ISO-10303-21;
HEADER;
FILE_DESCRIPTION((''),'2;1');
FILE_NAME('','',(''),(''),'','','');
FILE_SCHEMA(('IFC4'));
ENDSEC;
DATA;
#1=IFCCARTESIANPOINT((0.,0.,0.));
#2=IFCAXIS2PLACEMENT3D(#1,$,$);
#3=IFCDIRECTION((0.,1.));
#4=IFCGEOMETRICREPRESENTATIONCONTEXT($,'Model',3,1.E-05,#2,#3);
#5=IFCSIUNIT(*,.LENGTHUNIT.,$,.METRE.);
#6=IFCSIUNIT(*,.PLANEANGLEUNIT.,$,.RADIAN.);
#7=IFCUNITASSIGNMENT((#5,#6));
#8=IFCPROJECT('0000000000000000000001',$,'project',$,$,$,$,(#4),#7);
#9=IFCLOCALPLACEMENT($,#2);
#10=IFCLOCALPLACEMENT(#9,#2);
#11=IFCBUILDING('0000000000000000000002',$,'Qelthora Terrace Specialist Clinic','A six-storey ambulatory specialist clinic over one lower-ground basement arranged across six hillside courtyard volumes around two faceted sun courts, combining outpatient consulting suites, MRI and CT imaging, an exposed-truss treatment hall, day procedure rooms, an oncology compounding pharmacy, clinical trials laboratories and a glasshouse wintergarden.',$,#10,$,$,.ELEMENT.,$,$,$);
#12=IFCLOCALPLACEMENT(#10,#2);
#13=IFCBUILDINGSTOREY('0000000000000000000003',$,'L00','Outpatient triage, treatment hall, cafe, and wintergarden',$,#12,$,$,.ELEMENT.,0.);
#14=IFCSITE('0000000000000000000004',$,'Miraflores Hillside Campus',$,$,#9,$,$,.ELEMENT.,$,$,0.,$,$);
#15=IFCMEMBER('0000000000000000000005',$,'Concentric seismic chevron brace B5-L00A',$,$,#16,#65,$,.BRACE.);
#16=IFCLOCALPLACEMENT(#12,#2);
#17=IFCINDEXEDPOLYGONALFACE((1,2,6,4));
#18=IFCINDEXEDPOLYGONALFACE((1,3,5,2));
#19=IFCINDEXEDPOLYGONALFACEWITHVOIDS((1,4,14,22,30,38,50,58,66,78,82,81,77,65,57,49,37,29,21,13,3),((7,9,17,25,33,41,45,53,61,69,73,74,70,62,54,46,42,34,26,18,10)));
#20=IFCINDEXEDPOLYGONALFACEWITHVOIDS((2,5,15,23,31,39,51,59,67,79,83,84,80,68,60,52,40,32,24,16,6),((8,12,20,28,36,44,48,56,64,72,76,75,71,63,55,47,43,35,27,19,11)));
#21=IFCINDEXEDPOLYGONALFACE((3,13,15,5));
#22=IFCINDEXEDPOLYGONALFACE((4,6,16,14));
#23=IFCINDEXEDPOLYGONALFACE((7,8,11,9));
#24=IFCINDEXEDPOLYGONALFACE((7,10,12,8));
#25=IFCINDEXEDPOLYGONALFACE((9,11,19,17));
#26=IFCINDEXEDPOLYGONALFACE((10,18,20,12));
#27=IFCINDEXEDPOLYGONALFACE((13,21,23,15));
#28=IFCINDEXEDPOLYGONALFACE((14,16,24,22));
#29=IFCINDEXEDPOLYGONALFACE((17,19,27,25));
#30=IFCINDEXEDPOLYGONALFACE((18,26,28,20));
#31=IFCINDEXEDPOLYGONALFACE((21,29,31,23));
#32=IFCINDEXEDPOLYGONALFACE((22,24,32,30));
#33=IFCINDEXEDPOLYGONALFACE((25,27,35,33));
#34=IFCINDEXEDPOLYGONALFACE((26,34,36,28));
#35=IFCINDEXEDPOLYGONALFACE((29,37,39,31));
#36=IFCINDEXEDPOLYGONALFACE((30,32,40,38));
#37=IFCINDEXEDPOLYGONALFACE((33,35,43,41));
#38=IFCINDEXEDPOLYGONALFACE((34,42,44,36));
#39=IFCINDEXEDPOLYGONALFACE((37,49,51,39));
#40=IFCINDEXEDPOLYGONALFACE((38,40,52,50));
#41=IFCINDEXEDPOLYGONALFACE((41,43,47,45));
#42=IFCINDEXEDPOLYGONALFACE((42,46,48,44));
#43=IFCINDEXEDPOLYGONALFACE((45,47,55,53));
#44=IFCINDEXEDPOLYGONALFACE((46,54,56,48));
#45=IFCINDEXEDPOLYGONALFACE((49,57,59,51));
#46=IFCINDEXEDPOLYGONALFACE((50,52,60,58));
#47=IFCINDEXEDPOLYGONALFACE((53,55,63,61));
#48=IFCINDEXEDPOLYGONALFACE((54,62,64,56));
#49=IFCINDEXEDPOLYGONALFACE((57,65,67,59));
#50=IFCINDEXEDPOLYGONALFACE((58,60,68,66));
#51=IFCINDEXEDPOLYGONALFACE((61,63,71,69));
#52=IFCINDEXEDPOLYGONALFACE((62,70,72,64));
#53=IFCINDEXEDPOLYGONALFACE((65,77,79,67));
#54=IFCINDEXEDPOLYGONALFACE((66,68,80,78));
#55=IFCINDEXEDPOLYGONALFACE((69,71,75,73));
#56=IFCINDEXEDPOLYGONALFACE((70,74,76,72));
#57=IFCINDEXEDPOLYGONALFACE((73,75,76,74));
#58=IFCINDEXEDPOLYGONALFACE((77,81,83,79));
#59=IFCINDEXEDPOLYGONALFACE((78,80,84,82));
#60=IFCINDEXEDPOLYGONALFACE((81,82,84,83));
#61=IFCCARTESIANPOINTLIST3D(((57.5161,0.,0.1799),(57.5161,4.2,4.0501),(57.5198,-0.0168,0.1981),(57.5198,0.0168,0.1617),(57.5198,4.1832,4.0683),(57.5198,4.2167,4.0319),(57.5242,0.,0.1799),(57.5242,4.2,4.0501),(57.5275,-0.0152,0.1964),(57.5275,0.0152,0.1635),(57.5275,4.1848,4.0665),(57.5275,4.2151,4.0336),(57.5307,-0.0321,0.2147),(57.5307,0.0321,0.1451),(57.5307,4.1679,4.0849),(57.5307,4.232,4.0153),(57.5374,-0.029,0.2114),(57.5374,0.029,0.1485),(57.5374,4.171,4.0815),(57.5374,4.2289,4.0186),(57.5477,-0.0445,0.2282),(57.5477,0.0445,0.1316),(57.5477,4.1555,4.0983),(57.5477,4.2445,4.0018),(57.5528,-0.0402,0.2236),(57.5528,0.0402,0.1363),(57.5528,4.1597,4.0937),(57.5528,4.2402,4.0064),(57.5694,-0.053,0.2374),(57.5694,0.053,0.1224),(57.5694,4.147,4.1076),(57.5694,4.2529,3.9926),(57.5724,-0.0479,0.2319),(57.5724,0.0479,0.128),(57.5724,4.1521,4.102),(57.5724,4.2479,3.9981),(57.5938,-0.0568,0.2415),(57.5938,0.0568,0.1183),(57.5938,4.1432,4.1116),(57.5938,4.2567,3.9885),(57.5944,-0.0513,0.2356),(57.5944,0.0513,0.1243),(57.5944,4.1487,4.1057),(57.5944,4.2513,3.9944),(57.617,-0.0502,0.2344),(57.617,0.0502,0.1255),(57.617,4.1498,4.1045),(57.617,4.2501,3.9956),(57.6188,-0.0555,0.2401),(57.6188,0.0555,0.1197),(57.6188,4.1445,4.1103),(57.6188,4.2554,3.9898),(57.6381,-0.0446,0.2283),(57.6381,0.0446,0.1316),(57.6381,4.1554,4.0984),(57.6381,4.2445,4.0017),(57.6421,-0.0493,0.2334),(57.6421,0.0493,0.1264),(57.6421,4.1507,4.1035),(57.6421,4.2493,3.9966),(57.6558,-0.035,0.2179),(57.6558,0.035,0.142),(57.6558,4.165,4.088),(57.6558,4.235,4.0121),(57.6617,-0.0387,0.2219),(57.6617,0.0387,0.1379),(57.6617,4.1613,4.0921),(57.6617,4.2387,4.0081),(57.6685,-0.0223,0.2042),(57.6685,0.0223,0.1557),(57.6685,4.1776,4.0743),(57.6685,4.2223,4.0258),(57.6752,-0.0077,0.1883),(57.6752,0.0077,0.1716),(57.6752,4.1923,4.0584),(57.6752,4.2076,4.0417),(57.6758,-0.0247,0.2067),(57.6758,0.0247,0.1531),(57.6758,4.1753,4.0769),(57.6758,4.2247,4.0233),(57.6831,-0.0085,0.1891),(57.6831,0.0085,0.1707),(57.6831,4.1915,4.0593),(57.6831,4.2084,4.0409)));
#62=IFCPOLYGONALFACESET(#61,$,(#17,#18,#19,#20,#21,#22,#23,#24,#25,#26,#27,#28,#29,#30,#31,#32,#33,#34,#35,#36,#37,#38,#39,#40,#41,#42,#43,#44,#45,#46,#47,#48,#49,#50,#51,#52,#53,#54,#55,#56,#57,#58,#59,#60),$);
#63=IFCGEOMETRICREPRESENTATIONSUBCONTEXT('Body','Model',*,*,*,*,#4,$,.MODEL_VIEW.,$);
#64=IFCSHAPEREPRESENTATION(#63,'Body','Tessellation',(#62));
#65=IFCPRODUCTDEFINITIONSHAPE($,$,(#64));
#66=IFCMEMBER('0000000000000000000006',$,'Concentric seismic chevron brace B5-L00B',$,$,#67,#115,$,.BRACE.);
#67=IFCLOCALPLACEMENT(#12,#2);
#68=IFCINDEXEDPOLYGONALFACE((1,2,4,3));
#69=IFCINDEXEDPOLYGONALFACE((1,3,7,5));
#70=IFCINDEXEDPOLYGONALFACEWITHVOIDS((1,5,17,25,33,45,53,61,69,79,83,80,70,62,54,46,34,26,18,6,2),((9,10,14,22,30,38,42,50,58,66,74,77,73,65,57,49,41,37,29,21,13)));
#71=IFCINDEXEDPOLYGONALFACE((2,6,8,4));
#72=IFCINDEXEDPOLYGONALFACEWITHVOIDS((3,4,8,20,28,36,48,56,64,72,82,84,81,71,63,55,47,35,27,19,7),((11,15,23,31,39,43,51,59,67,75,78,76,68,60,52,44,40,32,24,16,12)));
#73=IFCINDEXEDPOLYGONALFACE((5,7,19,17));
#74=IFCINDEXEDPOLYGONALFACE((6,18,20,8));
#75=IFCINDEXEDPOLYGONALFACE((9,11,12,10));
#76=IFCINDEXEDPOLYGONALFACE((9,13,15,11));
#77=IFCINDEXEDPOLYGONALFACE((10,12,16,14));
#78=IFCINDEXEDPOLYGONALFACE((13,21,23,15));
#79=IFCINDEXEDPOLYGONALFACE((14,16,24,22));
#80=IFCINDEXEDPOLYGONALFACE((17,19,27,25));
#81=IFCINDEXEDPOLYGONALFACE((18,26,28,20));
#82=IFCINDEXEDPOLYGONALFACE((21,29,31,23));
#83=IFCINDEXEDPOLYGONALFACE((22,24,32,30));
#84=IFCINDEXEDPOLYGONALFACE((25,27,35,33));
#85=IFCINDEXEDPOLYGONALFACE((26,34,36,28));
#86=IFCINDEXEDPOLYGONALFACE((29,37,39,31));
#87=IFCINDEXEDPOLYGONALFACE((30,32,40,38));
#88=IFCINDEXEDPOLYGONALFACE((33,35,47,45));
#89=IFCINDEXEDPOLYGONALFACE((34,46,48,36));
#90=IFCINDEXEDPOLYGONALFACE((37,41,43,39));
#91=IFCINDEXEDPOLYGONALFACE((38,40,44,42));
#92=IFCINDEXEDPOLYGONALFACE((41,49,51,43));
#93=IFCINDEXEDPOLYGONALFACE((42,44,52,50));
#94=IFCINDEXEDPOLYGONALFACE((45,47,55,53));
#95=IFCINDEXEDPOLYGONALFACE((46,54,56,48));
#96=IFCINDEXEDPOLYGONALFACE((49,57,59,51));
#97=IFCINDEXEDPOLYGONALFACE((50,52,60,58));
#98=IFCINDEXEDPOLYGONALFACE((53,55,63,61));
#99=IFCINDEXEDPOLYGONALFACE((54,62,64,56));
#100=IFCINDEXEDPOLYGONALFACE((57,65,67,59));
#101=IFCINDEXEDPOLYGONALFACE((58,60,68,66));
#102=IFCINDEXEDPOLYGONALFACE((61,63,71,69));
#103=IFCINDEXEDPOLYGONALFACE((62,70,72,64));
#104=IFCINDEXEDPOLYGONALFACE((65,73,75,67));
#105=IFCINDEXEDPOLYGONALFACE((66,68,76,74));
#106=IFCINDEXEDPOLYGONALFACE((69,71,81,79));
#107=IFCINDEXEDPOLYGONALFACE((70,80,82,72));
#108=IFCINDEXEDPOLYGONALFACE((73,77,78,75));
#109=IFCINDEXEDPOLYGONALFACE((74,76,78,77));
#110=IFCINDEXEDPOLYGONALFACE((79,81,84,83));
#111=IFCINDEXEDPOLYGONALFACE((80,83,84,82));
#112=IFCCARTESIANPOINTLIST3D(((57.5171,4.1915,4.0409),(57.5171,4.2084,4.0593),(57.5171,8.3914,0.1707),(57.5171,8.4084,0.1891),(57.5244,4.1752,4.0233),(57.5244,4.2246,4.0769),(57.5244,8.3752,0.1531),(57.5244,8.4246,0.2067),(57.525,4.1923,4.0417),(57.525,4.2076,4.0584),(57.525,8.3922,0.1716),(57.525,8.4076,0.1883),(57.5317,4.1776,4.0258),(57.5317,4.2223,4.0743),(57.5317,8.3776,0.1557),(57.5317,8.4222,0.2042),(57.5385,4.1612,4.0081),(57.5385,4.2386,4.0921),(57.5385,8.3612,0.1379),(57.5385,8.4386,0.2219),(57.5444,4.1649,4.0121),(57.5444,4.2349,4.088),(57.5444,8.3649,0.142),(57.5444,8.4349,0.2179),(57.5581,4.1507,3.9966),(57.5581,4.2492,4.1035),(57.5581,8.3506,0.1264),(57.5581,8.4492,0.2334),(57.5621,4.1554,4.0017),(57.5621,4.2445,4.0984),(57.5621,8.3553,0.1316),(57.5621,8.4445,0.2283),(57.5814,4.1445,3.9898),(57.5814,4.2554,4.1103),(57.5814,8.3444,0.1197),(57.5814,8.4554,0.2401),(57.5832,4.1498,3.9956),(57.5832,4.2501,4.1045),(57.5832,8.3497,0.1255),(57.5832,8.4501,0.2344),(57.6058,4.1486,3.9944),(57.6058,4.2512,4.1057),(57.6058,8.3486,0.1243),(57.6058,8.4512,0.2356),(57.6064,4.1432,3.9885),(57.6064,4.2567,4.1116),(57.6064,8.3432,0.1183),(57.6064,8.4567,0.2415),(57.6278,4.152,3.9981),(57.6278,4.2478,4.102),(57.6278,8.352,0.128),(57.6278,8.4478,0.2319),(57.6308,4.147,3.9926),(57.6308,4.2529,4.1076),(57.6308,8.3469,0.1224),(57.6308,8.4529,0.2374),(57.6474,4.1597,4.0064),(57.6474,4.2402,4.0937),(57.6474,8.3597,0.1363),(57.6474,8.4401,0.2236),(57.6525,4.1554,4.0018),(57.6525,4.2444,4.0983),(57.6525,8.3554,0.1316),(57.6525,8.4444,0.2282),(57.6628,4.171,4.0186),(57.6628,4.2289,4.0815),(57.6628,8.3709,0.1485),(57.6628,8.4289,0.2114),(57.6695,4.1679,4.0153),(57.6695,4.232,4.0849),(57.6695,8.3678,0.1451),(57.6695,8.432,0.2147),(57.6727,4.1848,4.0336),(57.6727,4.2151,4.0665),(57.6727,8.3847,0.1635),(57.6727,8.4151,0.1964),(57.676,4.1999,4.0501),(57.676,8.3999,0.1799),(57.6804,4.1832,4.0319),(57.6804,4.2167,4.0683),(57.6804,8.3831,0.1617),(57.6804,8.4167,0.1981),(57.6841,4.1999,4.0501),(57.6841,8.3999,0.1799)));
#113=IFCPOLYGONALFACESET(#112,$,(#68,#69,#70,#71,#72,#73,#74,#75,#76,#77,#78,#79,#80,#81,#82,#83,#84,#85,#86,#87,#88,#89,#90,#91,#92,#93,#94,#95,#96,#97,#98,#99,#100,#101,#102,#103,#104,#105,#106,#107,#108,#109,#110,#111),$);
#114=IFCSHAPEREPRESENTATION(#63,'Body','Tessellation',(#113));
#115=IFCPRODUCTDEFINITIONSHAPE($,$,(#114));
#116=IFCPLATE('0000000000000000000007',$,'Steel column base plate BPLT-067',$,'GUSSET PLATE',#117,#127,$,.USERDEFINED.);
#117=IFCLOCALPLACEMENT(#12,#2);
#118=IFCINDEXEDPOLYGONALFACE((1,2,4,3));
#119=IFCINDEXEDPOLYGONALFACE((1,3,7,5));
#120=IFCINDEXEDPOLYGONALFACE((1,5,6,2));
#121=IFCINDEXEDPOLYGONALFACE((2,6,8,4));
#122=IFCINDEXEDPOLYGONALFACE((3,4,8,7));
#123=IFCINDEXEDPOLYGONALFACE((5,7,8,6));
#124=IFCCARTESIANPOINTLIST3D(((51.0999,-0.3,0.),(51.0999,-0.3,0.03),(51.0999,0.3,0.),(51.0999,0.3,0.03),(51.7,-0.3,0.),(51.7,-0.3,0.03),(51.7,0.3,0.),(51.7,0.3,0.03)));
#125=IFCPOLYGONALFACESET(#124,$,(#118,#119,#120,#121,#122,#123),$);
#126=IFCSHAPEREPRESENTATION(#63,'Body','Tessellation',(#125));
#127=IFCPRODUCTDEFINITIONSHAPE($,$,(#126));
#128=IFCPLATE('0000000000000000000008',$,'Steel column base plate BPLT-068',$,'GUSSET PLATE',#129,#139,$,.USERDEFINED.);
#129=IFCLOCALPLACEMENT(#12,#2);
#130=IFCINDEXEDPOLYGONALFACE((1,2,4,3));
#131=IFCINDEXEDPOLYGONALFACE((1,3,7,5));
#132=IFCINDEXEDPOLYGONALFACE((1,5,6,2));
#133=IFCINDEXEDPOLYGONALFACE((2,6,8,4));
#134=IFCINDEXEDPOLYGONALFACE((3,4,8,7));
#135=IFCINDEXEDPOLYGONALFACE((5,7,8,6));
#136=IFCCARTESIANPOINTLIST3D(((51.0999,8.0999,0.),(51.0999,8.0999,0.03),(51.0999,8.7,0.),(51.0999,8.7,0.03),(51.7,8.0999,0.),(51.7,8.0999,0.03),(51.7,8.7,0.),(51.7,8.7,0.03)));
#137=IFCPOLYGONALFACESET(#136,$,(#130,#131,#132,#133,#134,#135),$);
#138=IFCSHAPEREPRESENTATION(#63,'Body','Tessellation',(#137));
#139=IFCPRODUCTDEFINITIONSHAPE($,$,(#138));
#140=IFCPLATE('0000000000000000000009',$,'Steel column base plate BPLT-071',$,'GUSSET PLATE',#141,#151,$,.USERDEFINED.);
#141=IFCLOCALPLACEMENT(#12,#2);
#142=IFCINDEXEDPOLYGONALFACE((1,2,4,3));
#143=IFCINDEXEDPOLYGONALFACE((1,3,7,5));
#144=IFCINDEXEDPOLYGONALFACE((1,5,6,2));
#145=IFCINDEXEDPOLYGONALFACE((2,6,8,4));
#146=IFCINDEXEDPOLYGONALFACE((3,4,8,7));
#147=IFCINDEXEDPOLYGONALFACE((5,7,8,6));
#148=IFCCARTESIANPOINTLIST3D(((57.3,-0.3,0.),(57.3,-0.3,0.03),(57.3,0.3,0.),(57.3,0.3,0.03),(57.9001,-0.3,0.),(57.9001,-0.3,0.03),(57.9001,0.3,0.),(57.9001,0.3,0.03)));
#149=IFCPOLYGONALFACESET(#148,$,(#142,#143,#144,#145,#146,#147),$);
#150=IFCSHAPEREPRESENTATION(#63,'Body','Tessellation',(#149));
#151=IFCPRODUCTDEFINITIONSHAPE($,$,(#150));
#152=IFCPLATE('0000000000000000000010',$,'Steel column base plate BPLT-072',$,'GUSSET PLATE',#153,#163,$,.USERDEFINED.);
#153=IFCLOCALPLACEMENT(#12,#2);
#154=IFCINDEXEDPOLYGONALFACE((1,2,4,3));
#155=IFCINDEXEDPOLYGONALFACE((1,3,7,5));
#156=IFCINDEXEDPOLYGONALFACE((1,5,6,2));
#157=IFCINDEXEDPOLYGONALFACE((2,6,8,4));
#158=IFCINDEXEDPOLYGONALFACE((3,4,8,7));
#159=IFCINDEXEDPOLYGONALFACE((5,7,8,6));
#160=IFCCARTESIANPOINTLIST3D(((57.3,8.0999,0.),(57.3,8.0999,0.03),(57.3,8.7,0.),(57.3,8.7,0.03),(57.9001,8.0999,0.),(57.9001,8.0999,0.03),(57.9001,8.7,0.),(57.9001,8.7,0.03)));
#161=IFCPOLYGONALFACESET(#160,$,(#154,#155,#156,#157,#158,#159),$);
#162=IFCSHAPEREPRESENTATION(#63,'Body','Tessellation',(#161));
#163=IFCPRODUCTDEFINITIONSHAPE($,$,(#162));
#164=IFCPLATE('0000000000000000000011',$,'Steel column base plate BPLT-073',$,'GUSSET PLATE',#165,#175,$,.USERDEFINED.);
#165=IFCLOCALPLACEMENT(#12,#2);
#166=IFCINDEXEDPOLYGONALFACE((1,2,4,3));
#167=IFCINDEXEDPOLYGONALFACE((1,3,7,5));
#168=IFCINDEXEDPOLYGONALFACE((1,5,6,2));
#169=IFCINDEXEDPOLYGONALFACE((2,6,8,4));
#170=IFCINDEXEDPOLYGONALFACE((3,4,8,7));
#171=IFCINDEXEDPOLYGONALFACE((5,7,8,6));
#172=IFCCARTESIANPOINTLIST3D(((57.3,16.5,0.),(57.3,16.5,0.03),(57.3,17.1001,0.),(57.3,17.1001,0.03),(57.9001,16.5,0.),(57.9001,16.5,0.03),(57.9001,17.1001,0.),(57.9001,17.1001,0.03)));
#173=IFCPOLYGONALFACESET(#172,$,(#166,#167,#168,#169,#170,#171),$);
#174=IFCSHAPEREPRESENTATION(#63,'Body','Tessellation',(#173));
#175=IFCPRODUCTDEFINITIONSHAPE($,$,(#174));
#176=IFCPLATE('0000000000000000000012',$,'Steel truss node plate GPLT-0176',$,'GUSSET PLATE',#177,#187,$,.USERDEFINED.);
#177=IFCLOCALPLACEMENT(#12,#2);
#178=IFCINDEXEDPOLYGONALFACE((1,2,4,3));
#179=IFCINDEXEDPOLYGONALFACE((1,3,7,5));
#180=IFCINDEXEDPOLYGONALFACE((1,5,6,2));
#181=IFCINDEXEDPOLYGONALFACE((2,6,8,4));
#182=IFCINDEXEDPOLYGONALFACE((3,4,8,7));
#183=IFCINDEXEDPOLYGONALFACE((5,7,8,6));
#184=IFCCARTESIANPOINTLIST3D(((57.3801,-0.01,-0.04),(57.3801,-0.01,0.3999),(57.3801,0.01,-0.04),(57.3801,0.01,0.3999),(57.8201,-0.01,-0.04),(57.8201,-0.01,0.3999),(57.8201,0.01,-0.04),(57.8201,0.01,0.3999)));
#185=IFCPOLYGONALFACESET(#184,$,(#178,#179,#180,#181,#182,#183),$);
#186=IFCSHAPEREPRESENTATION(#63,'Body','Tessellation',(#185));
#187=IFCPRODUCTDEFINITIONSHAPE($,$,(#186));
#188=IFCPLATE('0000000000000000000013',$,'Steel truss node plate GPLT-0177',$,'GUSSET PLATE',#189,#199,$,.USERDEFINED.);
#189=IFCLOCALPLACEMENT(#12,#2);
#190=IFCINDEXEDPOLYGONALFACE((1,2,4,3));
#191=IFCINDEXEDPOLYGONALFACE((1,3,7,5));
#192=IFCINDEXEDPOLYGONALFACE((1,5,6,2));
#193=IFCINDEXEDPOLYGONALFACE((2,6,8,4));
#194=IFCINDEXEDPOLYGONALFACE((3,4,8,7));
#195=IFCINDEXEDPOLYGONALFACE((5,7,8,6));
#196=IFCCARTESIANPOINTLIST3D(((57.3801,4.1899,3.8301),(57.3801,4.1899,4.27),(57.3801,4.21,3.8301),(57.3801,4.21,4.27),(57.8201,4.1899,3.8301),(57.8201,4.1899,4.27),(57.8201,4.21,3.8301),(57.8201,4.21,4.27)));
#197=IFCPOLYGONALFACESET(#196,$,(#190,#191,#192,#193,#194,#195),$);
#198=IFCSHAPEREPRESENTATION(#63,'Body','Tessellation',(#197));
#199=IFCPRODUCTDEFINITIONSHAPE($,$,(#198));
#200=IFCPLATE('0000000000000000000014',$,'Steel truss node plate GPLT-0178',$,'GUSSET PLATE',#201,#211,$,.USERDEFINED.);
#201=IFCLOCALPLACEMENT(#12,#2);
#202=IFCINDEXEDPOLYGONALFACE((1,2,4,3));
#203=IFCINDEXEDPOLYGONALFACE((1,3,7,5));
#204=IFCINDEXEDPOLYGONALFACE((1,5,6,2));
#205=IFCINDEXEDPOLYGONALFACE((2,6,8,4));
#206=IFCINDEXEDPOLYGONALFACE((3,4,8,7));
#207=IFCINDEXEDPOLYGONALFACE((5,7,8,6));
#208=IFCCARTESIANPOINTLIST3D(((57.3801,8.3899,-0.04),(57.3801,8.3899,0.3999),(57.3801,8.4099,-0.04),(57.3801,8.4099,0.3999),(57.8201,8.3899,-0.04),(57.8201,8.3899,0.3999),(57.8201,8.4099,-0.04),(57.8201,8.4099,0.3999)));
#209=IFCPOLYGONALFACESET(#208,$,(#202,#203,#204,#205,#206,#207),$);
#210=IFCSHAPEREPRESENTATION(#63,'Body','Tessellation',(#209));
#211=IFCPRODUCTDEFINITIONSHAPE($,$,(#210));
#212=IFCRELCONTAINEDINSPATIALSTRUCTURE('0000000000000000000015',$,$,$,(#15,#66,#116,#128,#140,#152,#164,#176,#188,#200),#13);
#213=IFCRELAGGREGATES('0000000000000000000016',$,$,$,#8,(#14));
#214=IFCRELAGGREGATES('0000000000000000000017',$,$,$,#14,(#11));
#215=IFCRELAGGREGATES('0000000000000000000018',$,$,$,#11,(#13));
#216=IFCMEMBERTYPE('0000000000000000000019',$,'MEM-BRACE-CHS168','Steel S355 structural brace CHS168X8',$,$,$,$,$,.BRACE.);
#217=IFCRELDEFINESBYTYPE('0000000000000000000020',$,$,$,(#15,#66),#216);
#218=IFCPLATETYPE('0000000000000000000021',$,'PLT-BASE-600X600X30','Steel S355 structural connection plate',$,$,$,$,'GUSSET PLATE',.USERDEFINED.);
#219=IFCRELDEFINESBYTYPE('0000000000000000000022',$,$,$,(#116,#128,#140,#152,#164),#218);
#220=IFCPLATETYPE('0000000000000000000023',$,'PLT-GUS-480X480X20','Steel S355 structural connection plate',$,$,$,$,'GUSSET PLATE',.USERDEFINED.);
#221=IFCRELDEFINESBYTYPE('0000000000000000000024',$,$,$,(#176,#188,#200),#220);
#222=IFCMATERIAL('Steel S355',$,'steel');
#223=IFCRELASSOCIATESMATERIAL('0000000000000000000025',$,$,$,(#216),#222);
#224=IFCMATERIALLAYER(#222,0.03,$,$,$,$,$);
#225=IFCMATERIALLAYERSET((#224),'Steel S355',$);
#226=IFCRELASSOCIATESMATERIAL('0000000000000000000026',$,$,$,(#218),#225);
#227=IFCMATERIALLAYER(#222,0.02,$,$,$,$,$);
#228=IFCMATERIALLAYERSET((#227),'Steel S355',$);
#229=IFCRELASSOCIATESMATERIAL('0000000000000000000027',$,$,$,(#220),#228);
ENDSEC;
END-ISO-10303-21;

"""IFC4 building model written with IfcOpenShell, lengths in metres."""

from ifc_helpers import new_model, si_unit, direction, frame, origin, origin_2d, place, context, subcontext, project, spatial, rectangle, hollow_circle, extrude, material, layer, layer_set, material_profile, profile_set, type_object, element, save


model = new_model("IFC4")

# Units and contexts
model_context = context("Model", 3, precision=1e-05, world=origin(), true_north=direction((0.0, 1.0)))
body_context = subcontext(model_context, "Body", "Model", "MODEL_VIEW")
ifc_project = project(units=[si_unit("LENGTHUNIT", "METRE"), si_unit("PLANEANGLEUNIT", "RADIAN")], contexts=[model_context])

# Site, building, storey
site_placement = place(None, origin())
site = spatial("IfcSite", under=ifc_project, at=site_placement, Name="Miraflores Hillside Campus", CompositionType="ELEMENT", RefElevation=0.0)
building_placement = place(site_placement, origin())
building = spatial("IfcBuilding", under=site, at=building_placement, Name="Qelthora Terrace Specialist Clinic", Description="A six-storey ambulatory specialist clinic over one lower-ground basement arranged across six hillside courtyard volumes around two faceted sun courts, combining outpatient consulting suites, MRI and CT imaging, an exposed-truss treatment hall, day procedure rooms, an oncology compounding pharmacy, clinical trials laboratories and a glasshouse wintergarden.", CompositionType="ELEMENT")
storey_placement = place(building_placement, origin())
storey = spatial("IfcBuildingStorey", under=building, at=storey_placement, Name="L00", Description="Outpatient triage, treatment hall, cafe, and wintergarden", CompositionType="ELEMENT", Elevation=0.0)

# Shared definitions
ifc_material_1 = material(Name="Steel S355", Category="steel")

# Members
ifc_material_profile_1 = material_profile(ifc_material_1, hollow_circle(Radius=0.084, WallThickness=0.0081, at=origin_2d()), Name="CHS168X8")
ifc_profile_set_1 = profile_set([ifc_material_profile_1], Name="Steel S355")
member_type = type_object("IfcMemberType", Name="MEM-BRACE-CHS168", Description="Steel S355 structural brace CHS168X8", PredefinedType="BRACE", material=ifc_profile_set_1)
for number, where, z_axis, x_axis, name in (
    (1, (57.6001, 0.0, 0.1799), (0.0, 0.735393, 0.677641), (-1.0, 0.0, 0.0), "Concentric seismic chevron brace B5-L00A"),
    (2, (57.6001, 8.3999, 0.1799), (0.0, -0.735393, 0.677641), (1.0, 0.0, 0.0), "Concentric seismic chevron brace B5-L00B"),
):
    element("IfcMember", number, at=place(storey_placement, frame(where, z_axis=z_axis, x_axis=x_axis)), inside=storey, type_object=member_type, Name=name, PredefinedType="BRACE", context=body_context, shape_type="SweptSolid", body=[
        extrude(hollow_circle(Radius=0.084, WallThickness=0.0081, at=origin_2d()), origin(), (0.0, 0.0, 1.0), 5.7112),
    ])

# Plates
ifc_layer_1 = layer(ifc_material_1, 0.03)
ifc_layer_set_1 = layer_set([ifc_layer_1], Name="Steel S355")
plate_type_1 = type_object("IfcPlateType", Name="PLT-BASE-600X600X30", Description="Steel S355 structural connection plate", ElementType="GUSSET PLATE", PredefinedType="USERDEFINED", material=ifc_layer_set_1)
for number, where, z_axis, x_axis, name in (
    (3, (51.3999, 0.0, 0.0), (0.0, 0.0, 1.0), (1.0, 0.0, 0.0), "Steel column base plate BPLT-067"),
    (4, (51.3999, 8.3999, 0.0), (0.0, 0.0, 1.0), (1.0, 0.0, 0.0), "Steel column base plate BPLT-068"),
    (5, (57.6001, 0.0, 0.0), (0.0, 0.0, 1.0), (1.0, 0.0, 0.0), "Steel column base plate BPLT-071"),
    (6, (57.6001, 8.3999, 0.0), (0.0, 0.0, 1.0), (1.0, 0.0, 0.0), "Steel column base plate BPLT-072"),
    (7, (57.6001, 16.8, 0.0), (0.0, 0.0, 1.0), (1.0, 0.0, 0.0), "Steel column base plate BPLT-073"),
):
    element("IfcPlate", number, at=place(storey_placement, frame(where, z_axis=z_axis, x_axis=x_axis)), inside=storey, type_object=plate_type_1, Name=name, ObjectType="GUSSET PLATE", PredefinedType="USERDEFINED", context=body_context, shape_type="SweptSolid", body=[
        extrude(rectangle(XDim=0.6001, YDim=0.6001, at=origin_2d()), origin(), (0.0, 0.0, 1.0), 0.03),
    ])
ifc_layer_2 = layer(ifc_material_1, 0.02)
ifc_layer_set_2 = layer_set([ifc_layer_2], Name="Steel S355")
plate_type_2 = type_object("IfcPlateType", Name="PLT-GUS-480X480X20", Description="Steel S355 structural connection plate", ElementType="GUSSET PLATE", PredefinedType="USERDEFINED", material=ifc_layer_set_2)
for number, where, z_axis, x_axis, name in (
    (8, (57.6001, 0.0, -0.04), (0.0, 0.0, 1.0), (1.0, 0.0, 0.0), "Steel truss node plate GPLT-0176"),
    (9, (57.6001, 4.2, 3.8301), (0.0, 0.0, 1.0), (1.0, 0.0, 0.0), "Steel truss node plate GPLT-0177"),
    (10, (57.6001, 8.3999, -0.04), (0.0, 0.0, 1.0), (1.0, 0.0, 0.0), "Steel truss node plate GPLT-0178"),
):
    element("IfcPlate", number, at=place(storey_placement, frame(where, z_axis=z_axis, x_axis=x_axis)), inside=storey, type_object=plate_type_2, Name=name, ObjectType="GUSSET PLATE", PredefinedType="USERDEFINED", context=body_context, shape_type="SweptSolid", body=[
        extrude(rectangle(XDim=0.4399, YDim=0.02, at=origin_2d()), origin(), (0.0, 0.0, 1.0), 0.4399),
    ])

save(model, "model.ifc")
